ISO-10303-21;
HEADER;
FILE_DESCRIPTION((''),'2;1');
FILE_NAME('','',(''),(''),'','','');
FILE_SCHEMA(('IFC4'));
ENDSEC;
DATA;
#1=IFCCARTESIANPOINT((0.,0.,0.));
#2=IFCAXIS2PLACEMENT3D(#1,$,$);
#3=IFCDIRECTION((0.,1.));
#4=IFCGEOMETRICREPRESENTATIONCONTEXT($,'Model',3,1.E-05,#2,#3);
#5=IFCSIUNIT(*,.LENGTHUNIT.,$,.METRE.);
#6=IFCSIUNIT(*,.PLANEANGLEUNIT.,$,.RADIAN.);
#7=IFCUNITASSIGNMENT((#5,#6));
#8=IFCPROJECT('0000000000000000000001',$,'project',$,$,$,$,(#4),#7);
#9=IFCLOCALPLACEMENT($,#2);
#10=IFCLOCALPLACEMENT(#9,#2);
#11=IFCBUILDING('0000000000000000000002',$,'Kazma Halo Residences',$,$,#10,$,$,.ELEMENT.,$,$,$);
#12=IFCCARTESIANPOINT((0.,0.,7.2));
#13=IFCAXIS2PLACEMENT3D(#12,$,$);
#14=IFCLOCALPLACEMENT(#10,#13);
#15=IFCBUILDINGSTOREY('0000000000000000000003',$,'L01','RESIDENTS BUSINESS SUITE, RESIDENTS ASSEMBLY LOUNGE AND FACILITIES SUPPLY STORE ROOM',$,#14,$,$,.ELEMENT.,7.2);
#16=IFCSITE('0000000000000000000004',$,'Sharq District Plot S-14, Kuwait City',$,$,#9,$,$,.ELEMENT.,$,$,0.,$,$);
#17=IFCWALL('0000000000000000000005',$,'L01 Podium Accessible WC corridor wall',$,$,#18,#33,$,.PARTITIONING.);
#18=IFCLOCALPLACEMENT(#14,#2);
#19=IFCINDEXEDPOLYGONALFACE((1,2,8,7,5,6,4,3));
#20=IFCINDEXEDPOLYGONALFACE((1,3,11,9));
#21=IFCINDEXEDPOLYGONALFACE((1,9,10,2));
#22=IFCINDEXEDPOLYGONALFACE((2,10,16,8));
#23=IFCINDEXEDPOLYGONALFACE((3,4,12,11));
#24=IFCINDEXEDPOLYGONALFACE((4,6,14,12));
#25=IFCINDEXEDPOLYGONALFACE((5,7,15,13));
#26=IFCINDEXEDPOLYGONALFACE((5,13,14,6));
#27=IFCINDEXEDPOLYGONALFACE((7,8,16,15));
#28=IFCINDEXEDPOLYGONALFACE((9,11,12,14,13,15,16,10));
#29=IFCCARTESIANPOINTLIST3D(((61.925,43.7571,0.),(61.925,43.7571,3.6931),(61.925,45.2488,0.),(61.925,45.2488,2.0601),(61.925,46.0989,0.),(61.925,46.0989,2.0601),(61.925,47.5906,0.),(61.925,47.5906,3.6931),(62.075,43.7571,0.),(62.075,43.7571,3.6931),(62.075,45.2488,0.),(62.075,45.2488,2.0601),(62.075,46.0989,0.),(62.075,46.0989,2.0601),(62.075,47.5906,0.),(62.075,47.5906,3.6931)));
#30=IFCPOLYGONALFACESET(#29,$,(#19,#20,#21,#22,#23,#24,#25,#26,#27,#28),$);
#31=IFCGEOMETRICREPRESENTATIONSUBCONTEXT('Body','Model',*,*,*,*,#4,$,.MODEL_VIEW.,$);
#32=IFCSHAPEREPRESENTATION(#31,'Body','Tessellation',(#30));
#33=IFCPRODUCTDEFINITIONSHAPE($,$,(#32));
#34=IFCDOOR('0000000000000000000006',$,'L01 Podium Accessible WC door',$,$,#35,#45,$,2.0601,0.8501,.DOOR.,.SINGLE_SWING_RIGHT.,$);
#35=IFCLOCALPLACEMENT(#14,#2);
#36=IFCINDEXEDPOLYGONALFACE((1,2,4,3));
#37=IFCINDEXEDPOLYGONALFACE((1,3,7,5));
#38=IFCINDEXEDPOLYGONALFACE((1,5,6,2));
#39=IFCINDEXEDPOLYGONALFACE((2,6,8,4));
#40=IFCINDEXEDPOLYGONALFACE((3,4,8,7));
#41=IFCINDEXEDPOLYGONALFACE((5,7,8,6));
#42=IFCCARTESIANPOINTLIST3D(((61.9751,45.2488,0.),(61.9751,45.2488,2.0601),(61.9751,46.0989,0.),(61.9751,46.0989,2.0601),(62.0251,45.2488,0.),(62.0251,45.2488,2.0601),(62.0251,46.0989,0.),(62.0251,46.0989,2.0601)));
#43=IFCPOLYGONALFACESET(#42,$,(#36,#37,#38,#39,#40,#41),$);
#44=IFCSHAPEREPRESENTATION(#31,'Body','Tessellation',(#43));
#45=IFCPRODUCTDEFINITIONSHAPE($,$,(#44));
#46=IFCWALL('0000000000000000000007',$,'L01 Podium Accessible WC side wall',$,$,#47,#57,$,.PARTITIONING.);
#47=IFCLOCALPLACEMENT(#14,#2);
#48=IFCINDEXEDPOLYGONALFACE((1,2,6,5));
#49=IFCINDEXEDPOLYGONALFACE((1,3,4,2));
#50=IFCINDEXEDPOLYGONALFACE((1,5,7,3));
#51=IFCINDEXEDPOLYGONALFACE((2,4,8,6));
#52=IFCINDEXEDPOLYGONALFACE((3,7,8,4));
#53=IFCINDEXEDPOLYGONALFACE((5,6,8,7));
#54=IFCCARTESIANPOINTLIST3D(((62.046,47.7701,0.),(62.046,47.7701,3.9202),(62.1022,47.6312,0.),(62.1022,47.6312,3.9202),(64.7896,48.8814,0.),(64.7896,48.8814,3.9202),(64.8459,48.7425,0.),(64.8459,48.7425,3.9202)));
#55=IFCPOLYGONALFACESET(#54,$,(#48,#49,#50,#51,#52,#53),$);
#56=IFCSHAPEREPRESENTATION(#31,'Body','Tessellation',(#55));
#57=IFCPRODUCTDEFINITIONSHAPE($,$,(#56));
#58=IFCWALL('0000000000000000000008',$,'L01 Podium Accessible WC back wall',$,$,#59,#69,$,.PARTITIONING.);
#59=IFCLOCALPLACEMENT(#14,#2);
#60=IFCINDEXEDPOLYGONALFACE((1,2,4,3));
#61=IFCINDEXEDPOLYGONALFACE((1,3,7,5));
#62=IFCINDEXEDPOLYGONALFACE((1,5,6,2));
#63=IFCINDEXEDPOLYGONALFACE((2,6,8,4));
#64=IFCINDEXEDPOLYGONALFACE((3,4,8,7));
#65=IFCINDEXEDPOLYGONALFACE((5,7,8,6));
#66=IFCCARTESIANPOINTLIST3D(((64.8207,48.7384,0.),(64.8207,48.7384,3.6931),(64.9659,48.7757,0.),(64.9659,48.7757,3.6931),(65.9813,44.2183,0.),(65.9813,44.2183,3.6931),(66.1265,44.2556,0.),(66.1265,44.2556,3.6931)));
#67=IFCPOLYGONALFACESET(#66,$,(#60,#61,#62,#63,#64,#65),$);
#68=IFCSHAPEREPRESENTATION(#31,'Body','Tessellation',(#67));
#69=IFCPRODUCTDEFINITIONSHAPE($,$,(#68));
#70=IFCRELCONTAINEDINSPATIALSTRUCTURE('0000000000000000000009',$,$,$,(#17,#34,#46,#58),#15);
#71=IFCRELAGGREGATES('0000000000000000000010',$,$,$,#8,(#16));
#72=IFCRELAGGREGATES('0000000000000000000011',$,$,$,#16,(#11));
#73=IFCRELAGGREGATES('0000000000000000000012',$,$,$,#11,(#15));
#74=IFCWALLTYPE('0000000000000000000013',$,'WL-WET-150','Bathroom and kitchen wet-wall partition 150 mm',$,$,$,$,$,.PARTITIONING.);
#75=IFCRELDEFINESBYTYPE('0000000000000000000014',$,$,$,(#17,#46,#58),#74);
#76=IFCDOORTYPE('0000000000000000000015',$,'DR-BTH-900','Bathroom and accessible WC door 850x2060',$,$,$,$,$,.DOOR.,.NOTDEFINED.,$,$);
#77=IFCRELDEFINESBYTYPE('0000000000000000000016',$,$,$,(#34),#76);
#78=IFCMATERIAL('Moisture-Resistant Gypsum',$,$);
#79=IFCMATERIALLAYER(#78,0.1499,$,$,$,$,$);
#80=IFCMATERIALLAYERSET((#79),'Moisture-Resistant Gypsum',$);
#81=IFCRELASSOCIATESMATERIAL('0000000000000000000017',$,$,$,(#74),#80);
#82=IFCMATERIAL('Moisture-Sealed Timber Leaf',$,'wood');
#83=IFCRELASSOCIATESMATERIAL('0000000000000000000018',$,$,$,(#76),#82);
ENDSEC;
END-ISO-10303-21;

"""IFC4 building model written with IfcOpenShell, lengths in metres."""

from ifc_helpers import new_model, si_unit, direction, frame, frame_2d, origin, place, context, subcontext, project, spatial, rectangle, extrude, material, layer, layer_set, type_object, element, fill, save


model = new_model("IFC4")

# Units and contexts
model_context = context("Model", 3, precision=1e-05, world=origin(), true_north=direction((0.0, 1.0)))
body_context = subcontext(model_context, "Body", "Model", "MODEL_VIEW")
ifc_project = project(units=[si_unit("LENGTHUNIT", "METRE"), si_unit("PLANEANGLEUNIT", "RADIAN")], contexts=[model_context])

# Site, building, storey
site_placement = place(None, origin())
site = spatial("IfcSite", under=ifc_project, at=site_placement, Name="Sharq District Plot S-14, Kuwait City", CompositionType="ELEMENT", RefElevation=0.0)
building_placement = place(site_placement, origin())
building = spatial("IfcBuilding", under=site, at=building_placement, Name="Kazma Halo Residences", CompositionType="ELEMENT")
storey_placement = place(building_placement, frame((0.0, 0.0, 7.2)))
storey = spatial("IfcBuildingStorey", under=building, at=storey_placement, Name="L01", Description="RESIDENTS BUSINESS SUITE, RESIDENTS ASSEMBLY LOUNGE AND FACILITIES SUPPLY STORE ROOM", CompositionType="ELEMENT", Elevation=7.2)

# Shared definitions
ifc_material_1 = material(Name="Moisture-Resistant Gypsum")
ifc_layer_1 = layer(ifc_material_1, 0.1499)
ifc_layer_set_1 = layer_set([ifc_layer_1], Name="Moisture-Resistant Gypsum")
wall_type_1 = type_object("IfcWallType", Name="WL-WET-150", Description="Bathroom and kitchen wet-wall partition 150 mm", PredefinedType="PARTITIONING", material=ifc_layer_set_1)

# Wall, opening, door
wall_1_placement = place(storey_placement, frame((62.0, 43.7571, 0.0), z_axis=(0.0, 0.0, 1.0), x_axis=(0.0, 1.0, 0.0)))
wall_1 = element("IfcWall", 1, at=wall_1_placement, inside=storey, type_object=wall_type_1, Name="L01 Podium Accessible WC corridor wall", PredefinedType="PARTITIONING", context=body_context, shape_type="SweptSolid", body=[
    extrude(rectangle(XDim=3.8335, YDim=0.1499, at=frame_2d((1.9167, 0.0))), origin(), (0.0, 0.0, 1.0), 3.6931),
])
opening_1_placement = place(wall_1_placement, frame((1.4917, 0.0, 0.0)))
opening_1 = element("IfcOpeningElement", 2, at=opening_1_placement, cuts=wall_1, PredefinedType="OPENING", context=body_context, shape_type="SweptSolid", body=[
    extrude(rectangle(XDim=0.8501, YDim=2.0601, at=frame_2d((0.425, 1.03))), frame((0.0, 0.085, 0.0), z_axis=(0.0, -1.0, 0.0), x_axis=(1.0, 0.0, 0.0)), (0.0, 0.0, 1.0), 0.1699),
])
ifc_material_2 = material(Name="Moisture-Sealed Timber Leaf", Category="wood")
door_type_1 = type_object("IfcDoorType", Name="DR-BTH-900", Description="Bathroom and accessible WC door 850x2060", OperationType="NOTDEFINED", PredefinedType="DOOR", material=ifc_material_2)
door_1_placement = place(opening_1_placement, origin())
door_1 = element("IfcDoor", 3, at=door_1_placement, inside=storey, type_object=door_type_1, Name="L01 Podium Accessible WC door", OperationType="SINGLE_SWING_RIGHT", OverallHeight=2.0601, OverallWidth=0.8501, PredefinedType="DOOR", context=body_context, shape_type="SweptSolid", body=[
    extrude(rectangle(XDim=0.8501, YDim=2.0601, at=frame_2d((0.425, 1.03))), frame((0.0, 0.0249, 0.0), z_axis=(0.0, -1.0, 0.0), x_axis=(1.0, 0.0, 0.0)), (0.0, 0.0, 1.0), 0.05),
])
fill(opening_1, door_1)

# Walls
wall_2_placement = place(storey_placement, frame((62.0742, 47.7007, 0.0), z_axis=(0.0, 0.0, 1.0), x_axis=(0.926853, 0.375426, 0.0)))
element("IfcWall", 4, at=wall_2_placement, inside=storey, type_object=wall_type_1, Name="L01 Podium Accessible WC side wall", PredefinedType="PARTITIONING", context=body_context, shape_type="SweptSolid", body=[
    extrude(rectangle(XDim=2.9602, YDim=0.1499, at=frame_2d((1.48, 0.0))), origin(), (0.0, 0.0, 1.0), 3.9202),
])
wall_3_placement = place(storey_placement, frame((66.054, 44.2368, 0.0), z_axis=(0.0, 0.0, 1.0), x_axis=(-0.24871, 0.968578, 0.0)))
element("IfcWall", 5, at=wall_3_placement, inside=storey, type_object=wall_type_1, Name="L01 Podium Accessible WC back wall", PredefinedType="PARTITIONING", context=body_context, shape_type="SweptSolid", body=[
    extrude(rectangle(XDim=4.6667, YDim=0.1499, at=frame_2d((2.3335, 0.0))), origin(), (0.0, 0.0, 1.0), 3.6931),
])

save(model, "model.ifc")
